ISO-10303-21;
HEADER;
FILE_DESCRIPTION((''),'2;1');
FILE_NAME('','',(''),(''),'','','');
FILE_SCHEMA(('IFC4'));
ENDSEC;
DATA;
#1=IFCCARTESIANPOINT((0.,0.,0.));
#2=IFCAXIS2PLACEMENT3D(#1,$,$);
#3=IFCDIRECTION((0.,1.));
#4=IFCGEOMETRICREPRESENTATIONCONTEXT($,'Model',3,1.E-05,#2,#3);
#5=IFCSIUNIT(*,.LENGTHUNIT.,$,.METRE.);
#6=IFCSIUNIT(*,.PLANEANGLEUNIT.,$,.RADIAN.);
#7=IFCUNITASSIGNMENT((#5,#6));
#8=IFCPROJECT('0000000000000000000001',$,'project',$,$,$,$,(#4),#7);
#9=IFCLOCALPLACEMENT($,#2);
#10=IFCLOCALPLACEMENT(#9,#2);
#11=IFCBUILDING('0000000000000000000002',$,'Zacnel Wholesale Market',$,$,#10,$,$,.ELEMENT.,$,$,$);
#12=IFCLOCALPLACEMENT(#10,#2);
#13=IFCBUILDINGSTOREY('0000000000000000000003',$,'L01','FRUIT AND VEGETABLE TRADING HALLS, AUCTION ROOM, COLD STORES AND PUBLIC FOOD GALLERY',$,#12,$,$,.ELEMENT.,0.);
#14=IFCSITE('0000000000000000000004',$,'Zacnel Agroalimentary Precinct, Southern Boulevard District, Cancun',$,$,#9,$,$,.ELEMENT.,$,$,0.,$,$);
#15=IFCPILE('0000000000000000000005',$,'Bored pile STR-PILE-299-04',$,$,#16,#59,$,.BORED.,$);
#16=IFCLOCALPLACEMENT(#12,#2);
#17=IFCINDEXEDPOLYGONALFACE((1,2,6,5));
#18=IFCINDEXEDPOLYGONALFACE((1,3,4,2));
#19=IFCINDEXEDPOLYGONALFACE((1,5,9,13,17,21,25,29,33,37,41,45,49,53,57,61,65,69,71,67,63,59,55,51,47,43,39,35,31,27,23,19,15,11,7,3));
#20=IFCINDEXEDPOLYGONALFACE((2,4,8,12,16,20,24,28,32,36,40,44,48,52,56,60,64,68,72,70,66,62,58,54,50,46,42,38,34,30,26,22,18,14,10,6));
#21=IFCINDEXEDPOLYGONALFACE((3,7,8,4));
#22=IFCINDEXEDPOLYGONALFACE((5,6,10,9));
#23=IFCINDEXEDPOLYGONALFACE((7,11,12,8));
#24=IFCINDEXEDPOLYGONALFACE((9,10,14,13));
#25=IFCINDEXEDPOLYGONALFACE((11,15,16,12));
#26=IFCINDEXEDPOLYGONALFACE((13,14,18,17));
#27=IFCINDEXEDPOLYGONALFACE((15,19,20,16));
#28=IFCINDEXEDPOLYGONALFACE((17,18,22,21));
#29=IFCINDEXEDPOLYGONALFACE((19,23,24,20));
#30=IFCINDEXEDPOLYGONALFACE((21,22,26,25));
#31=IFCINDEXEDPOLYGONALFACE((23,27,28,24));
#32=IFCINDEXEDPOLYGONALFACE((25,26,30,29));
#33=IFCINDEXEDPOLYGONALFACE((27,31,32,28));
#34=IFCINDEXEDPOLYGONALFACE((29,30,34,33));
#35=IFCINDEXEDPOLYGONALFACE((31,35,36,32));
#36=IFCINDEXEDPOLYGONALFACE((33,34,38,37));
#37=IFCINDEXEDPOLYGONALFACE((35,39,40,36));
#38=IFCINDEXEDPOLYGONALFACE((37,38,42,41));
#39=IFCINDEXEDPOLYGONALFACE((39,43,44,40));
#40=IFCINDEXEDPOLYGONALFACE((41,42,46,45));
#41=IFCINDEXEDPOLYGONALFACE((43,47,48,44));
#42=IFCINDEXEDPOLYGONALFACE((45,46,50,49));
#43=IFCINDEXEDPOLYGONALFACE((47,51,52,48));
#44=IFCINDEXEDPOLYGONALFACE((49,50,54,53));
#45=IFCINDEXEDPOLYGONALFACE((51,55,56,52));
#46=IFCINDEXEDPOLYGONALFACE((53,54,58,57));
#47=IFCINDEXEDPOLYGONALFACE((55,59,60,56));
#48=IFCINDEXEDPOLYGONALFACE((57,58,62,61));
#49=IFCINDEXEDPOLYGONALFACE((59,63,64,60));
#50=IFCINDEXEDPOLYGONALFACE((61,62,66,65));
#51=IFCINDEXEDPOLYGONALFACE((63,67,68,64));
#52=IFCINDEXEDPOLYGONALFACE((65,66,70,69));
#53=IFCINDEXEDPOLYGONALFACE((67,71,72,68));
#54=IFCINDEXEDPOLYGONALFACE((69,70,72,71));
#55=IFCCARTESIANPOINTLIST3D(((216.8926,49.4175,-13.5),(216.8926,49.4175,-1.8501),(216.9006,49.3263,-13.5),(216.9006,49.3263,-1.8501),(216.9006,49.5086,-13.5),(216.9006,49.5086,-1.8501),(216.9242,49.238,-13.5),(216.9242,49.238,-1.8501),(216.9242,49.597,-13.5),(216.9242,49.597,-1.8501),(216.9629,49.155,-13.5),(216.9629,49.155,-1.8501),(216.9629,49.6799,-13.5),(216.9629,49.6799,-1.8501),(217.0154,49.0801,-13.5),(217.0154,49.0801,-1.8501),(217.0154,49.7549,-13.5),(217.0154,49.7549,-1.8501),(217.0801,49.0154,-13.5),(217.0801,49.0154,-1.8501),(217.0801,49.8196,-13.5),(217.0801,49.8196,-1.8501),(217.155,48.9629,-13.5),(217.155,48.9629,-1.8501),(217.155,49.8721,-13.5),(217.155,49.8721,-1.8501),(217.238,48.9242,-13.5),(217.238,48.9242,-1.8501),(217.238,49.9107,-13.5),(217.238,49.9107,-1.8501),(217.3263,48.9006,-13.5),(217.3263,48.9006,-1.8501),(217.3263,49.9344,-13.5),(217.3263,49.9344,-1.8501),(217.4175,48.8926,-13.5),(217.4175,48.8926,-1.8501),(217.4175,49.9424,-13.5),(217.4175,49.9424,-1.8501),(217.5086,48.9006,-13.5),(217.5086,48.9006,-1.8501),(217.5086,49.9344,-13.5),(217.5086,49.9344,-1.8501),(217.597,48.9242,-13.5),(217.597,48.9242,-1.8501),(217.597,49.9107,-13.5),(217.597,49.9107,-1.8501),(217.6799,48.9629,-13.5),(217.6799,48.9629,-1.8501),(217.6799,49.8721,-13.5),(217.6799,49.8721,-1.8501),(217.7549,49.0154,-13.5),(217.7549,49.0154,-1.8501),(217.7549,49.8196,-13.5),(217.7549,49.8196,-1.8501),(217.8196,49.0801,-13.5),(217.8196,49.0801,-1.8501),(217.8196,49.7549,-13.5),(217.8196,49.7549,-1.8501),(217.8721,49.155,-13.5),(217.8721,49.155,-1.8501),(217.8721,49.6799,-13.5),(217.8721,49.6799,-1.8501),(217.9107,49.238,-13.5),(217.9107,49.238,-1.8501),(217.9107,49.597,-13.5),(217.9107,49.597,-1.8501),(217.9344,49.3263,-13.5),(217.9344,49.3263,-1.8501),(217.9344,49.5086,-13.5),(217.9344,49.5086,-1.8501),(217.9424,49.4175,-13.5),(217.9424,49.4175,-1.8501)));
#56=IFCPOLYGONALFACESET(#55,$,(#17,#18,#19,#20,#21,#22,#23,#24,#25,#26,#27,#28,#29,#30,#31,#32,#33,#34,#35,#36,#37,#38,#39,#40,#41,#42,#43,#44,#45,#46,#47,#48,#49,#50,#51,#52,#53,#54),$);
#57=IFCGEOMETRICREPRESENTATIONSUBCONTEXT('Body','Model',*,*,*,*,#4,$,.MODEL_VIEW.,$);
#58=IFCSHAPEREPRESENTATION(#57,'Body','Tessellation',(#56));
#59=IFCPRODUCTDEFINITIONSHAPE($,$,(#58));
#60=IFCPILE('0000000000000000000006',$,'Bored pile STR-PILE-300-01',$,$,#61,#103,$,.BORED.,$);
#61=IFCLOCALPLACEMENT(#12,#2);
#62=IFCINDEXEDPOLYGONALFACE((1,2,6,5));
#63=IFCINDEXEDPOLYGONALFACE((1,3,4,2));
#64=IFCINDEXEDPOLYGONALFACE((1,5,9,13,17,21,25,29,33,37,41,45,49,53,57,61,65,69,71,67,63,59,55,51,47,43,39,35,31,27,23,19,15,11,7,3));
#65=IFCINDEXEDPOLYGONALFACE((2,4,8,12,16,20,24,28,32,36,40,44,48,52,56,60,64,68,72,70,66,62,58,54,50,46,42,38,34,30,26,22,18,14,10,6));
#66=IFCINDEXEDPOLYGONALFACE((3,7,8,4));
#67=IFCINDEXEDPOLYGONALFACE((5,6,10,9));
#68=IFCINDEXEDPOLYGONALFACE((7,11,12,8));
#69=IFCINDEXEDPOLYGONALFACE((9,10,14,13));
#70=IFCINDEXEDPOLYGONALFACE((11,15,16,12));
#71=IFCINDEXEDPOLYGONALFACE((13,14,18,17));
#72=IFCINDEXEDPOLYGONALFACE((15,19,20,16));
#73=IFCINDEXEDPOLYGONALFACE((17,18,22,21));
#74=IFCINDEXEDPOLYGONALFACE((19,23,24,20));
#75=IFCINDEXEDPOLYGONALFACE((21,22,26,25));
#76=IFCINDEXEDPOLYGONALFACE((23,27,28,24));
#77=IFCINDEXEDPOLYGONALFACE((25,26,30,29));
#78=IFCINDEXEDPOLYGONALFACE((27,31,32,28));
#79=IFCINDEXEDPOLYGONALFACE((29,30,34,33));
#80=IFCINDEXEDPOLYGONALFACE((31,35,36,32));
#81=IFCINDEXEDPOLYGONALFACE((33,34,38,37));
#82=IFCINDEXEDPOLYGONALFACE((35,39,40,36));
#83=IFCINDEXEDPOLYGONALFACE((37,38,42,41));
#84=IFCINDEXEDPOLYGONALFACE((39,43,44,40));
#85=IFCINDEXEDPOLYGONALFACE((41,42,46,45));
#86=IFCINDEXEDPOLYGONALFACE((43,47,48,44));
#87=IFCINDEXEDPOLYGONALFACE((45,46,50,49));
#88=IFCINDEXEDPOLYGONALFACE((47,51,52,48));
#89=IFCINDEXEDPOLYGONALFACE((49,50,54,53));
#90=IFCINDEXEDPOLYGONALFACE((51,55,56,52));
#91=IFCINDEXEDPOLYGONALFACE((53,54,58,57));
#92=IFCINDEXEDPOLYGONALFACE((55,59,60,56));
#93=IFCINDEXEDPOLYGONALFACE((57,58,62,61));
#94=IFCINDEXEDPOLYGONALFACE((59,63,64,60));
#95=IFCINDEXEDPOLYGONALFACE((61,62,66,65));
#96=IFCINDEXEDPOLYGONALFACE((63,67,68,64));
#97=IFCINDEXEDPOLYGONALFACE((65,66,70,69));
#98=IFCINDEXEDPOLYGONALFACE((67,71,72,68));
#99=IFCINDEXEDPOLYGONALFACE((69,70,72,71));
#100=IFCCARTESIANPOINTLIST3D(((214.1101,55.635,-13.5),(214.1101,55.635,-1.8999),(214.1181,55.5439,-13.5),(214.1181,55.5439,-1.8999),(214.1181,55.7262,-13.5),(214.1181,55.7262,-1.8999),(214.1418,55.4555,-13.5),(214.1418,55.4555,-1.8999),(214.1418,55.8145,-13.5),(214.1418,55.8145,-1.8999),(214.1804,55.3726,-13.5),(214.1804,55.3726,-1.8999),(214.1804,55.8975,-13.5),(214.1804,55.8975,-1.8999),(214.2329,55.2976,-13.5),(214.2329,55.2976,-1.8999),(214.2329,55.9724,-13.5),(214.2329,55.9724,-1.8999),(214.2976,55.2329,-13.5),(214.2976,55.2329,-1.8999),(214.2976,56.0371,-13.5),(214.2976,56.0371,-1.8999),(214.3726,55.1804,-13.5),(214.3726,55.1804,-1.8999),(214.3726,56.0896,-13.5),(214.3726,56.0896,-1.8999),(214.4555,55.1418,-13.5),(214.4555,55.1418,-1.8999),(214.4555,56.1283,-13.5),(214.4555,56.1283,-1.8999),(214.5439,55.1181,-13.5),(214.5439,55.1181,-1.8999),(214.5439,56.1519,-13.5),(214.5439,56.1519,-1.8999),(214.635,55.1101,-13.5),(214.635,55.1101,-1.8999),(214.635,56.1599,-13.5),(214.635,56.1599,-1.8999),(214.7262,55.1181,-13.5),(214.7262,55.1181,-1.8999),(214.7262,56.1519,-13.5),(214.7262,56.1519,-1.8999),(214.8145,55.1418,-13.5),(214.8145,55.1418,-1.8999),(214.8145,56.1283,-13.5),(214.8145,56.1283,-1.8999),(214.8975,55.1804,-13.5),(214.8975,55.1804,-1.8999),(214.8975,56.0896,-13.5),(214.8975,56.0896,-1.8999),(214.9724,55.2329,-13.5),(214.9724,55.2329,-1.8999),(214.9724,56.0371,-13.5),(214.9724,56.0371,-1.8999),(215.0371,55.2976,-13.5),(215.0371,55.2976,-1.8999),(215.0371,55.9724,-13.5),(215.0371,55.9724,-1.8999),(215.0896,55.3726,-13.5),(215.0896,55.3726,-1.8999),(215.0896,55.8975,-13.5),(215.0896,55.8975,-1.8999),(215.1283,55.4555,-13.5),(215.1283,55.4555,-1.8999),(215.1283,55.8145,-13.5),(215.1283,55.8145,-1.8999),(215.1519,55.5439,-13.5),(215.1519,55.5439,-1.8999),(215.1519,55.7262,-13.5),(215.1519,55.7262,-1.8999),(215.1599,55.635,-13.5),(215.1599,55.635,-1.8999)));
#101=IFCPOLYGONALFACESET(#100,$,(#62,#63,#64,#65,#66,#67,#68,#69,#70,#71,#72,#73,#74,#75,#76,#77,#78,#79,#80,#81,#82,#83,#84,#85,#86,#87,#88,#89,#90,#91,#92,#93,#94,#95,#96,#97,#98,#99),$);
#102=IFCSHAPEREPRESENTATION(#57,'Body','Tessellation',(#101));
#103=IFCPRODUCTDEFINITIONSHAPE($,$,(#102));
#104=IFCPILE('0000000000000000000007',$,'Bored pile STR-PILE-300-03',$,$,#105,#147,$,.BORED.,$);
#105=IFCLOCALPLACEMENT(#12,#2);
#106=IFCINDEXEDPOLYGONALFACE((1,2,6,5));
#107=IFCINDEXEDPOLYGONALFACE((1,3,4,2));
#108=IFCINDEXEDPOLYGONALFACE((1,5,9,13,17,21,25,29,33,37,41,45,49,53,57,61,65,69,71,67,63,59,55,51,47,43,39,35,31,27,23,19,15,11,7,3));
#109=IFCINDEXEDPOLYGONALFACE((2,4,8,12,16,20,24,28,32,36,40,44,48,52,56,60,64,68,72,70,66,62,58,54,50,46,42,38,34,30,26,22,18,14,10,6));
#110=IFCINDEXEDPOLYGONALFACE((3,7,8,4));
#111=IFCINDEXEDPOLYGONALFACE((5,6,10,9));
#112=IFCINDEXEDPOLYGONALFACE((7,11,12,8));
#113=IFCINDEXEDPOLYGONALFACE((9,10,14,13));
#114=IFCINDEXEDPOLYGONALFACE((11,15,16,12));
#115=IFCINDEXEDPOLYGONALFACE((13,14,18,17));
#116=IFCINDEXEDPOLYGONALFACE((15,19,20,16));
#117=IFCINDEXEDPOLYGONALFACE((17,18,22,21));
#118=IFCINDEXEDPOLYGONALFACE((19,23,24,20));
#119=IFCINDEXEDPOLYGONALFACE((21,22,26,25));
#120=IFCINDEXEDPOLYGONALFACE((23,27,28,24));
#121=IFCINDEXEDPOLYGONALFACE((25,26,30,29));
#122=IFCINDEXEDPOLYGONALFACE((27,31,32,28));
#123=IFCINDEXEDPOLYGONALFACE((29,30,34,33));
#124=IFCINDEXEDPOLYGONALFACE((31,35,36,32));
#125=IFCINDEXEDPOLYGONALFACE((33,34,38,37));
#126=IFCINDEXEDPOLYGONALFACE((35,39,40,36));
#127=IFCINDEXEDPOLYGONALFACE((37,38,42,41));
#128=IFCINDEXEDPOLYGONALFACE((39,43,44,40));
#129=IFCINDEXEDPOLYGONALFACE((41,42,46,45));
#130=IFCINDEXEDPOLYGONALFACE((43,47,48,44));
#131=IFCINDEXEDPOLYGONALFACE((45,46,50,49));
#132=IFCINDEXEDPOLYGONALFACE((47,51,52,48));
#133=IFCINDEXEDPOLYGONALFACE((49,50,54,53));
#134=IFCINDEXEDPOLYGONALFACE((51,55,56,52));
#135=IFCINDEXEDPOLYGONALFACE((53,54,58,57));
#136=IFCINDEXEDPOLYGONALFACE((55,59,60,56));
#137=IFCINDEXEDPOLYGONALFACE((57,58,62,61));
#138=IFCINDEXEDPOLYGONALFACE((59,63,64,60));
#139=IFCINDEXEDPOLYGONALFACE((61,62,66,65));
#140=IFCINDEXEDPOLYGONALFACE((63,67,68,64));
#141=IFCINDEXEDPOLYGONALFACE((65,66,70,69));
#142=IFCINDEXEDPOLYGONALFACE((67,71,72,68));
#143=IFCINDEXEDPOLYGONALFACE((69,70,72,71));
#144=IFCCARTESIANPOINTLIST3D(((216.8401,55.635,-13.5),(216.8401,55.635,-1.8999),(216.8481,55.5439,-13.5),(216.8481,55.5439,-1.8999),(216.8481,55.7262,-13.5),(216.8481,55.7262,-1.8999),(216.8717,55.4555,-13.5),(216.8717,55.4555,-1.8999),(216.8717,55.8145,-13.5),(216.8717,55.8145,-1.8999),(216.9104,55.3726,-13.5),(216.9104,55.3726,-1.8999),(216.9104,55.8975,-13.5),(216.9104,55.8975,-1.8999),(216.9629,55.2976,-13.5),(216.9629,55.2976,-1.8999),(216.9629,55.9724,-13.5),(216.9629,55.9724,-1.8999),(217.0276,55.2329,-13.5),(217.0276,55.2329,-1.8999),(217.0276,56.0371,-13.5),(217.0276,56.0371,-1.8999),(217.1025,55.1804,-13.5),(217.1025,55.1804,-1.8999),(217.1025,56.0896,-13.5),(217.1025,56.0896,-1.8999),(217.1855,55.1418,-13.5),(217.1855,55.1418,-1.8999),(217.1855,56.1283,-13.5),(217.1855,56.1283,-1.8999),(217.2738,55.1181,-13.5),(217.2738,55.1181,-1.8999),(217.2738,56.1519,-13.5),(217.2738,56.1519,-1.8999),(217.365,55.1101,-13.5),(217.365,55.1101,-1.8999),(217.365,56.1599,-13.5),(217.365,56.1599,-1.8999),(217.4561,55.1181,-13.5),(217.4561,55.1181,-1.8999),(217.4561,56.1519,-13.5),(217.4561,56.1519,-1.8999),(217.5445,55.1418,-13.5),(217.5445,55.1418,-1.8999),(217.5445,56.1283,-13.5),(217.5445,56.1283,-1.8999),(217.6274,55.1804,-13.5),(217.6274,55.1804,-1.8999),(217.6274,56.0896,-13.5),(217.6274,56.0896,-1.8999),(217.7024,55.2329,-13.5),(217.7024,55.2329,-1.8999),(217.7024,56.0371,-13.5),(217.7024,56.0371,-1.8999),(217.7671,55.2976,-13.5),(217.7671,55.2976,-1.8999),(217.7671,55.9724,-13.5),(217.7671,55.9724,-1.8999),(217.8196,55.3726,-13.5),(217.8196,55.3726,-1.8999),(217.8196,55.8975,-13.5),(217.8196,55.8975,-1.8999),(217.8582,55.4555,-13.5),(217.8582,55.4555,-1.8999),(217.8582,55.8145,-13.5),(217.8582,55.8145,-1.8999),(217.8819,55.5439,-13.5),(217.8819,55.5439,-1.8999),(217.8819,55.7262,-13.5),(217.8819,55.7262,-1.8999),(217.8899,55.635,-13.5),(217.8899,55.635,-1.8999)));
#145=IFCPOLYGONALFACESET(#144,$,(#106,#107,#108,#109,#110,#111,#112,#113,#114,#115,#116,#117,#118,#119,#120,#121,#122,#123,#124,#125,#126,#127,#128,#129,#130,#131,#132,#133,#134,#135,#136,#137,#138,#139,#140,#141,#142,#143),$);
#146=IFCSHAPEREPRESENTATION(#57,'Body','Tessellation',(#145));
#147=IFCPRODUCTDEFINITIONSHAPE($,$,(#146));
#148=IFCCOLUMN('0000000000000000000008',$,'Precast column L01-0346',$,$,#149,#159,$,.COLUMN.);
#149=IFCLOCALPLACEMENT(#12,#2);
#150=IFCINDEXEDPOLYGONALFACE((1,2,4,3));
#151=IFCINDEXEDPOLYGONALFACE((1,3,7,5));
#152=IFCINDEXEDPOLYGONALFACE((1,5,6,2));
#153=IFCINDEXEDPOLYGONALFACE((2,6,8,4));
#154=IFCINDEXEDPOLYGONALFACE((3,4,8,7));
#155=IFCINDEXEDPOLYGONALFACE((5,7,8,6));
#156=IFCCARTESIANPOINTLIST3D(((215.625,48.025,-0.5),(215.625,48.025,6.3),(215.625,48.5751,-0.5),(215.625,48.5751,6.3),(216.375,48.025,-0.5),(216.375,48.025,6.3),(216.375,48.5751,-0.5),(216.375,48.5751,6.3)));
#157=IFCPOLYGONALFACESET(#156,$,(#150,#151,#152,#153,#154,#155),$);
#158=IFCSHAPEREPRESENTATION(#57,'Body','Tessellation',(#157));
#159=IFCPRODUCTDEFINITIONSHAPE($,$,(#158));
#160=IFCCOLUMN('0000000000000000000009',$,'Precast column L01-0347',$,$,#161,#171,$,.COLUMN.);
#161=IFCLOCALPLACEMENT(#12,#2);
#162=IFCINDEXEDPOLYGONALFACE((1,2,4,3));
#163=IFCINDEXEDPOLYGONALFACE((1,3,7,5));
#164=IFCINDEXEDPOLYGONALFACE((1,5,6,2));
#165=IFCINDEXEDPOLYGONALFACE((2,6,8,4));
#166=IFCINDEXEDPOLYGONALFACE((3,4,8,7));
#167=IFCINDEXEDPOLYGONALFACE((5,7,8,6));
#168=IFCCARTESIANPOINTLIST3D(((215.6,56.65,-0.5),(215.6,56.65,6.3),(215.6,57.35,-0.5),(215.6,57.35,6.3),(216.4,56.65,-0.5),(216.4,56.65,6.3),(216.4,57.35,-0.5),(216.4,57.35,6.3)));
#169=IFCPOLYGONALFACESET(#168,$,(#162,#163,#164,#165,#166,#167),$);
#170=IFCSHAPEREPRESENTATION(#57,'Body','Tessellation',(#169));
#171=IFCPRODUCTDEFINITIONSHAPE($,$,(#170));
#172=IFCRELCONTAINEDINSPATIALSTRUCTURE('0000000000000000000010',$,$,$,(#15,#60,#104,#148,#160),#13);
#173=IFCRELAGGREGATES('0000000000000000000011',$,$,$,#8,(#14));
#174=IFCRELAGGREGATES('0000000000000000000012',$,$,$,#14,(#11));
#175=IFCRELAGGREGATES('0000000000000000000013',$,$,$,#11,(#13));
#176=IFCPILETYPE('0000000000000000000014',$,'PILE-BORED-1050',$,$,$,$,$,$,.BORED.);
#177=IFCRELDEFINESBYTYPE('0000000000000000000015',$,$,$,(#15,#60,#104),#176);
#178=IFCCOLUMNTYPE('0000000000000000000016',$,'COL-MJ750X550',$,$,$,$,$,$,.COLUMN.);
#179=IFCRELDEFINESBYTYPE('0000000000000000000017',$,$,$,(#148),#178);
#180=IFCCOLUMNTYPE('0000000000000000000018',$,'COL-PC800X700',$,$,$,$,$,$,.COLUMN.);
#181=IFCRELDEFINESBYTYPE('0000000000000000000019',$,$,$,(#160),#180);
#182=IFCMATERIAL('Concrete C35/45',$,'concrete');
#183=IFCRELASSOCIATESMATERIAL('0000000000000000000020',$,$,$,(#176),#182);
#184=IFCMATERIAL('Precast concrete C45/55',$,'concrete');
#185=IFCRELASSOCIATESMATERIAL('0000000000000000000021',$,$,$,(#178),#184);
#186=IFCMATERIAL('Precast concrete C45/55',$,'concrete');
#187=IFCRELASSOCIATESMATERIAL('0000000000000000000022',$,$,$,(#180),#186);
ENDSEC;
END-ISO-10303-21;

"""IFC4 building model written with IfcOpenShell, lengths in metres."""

from ifc_helpers import new_model, si_unit, direction, frame, origin, origin_2d, place, context, subcontext, project, spatial, rectangle, circle, extrude, material, material_profile, profile_set, type_object, element, save


model = new_model("IFC4")

# Units and contexts
model_context = context("Model", 3, precision=1e-05, world=origin(), true_north=direction((0.0, 1.0)))
body_context = subcontext(model_context, "Body", "Model", "MODEL_VIEW")
ifc_project = project(units=[si_unit("LENGTHUNIT", "METRE"), si_unit("PLANEANGLEUNIT", "RADIAN")], contexts=[model_context])

# Site, building, storey
site_placement = place(None, origin())
site = spatial("IfcSite", under=ifc_project, at=site_placement, Name="Zacnel Agroalimentary Precinct, Southern Boulevard District, Cancun", CompositionType="ELEMENT", RefElevation=0.0)
building_placement = place(site_placement, origin())
building = spatial("IfcBuilding", under=site, at=building_placement, Name="Zacnel Wholesale Market", CompositionType="ELEMENT")
storey_placement = place(building_placement, origin())
storey = spatial("IfcBuildingStorey", under=building, at=storey_placement, Name="L01", Description="FRUIT AND VEGETABLE TRADING HALLS, AUCTION ROOM, COLD STORES AND PUBLIC FOOD GALLERY", CompositionType="ELEMENT", Elevation=0.0)

# Piles
ifc_material_1 = material(Name="Concrete C35/45", Category="concrete")
ifc_material_profile_1 = material_profile(ifc_material_1, circle(Radius=0.5249, at=origin_2d()), Name="BORED PILE D1050")
ifc_profile_set_1 = profile_set([ifc_material_profile_1], Name="Concrete C35/45")
pile_type = type_object("IfcPileType", Name="PILE-BORED-1050", PredefinedType="BORED", material=ifc_profile_set_1)
for number, where, z_axis, x_axis, name in (
    (1, (217.4175, 49.4175, -1.8501), (0.0, 0.0, -1.0), (1.0, 0.0, 0.0), "Bored pile STR-PILE-299-04"),
):
    element("IfcPile", number, at=place(storey_placement, frame(where, z_axis=z_axis, x_axis=x_axis)), inside=storey, type_object=pile_type, Name=name, PredefinedType="BORED", context=body_context, shape_type="SweptSolid", body=[
        extrude(circle(Radius=0.5249, at=origin_2d()), origin(), (0.0, 0.0, 1.0), 11.6499),
    ])
for number, where, z_axis, x_axis, name in (
    (2, (214.635, 55.635, -1.8999), (0.0, 0.0, -1.0), (1.0, 0.0, 0.0), "Bored pile STR-PILE-300-01"),
    (3, (217.365, 55.635, -1.8999), (0.0, 0.0, -1.0), (1.0, 0.0, 0.0), "Bored pile STR-PILE-300-03"),
):
    element("IfcPile", number, at=place(storey_placement, frame(where, z_axis=z_axis, x_axis=x_axis)), inside=storey, type_object=pile_type, Name=name, PredefinedType="BORED", context=body_context, shape_type="SweptSolid", body=[
        extrude(circle(Radius=0.5249, at=origin_2d()), origin(), (0.0, 0.0, 1.0), 11.6001),
    ])

# Columns
ifc_material_2 = material(Name="Precast concrete C45/55", Category="concrete")
ifc_material_profile_2 = material_profile(ifc_material_2, rectangle(XDim=0.75, YDim=0.55, at=origin_2d()), Name="PC 750x550")
ifc_profile_set_2 = profile_set([ifc_material_profile_2], Name="Precast concrete C45/55")
column_type_1 = type_object("IfcColumnType", Name="COL-MJ750X550", PredefinedType="COLUMN", material=ifc_profile_set_2)
column_1_placement = place(storey_placement, frame((216.0, 48.3, -0.5), z_axis=(0.0, 0.0, 1.0), x_axis=(1.0, 0.0, 0.0)))
element("IfcColumn", 4, at=column_1_placement, inside=storey, type_object=column_type_1, Name="Precast column L01-0346", PredefinedType="COLUMN", context=body_context, shape_type="SweptSolid", body=[
    extrude(rectangle(XDim=0.75, YDim=0.55, at=origin_2d()), origin(), (0.0, 0.0, 1.0), 6.8),
])
ifc_material_3 = material(Name="Precast concrete C45/55", Category="concrete")
ifc_material_profile_3 = material_profile(ifc_material_3, rectangle(XDim=0.8, YDim=0.7, at=origin_2d()), Name="PC 800x700")
ifc_profile_set_3 = profile_set([ifc_material_profile_3], Name="Precast concrete C45/55")
column_type_2 = type_object("IfcColumnType", Name="COL-PC800X700", PredefinedType="COLUMN", material=ifc_profile_set_3)
column_2_placement = place(storey_placement, frame((216.0, 57.0, -0.5), z_axis=(0.0, 0.0, 1.0), x_axis=(1.0, 0.0, 0.0)))
element("IfcColumn", 5, at=column_2_placement, inside=storey, type_object=column_type_2, Name="Precast column L01-0347", PredefinedType="COLUMN", context=body_context, shape_type="SweptSolid", body=[
    extrude(rectangle(XDim=0.8, YDim=0.7, at=origin_2d()), origin(), (0.0, 0.0, 1.0), 6.8),
])

save(model, "model.ifc")
